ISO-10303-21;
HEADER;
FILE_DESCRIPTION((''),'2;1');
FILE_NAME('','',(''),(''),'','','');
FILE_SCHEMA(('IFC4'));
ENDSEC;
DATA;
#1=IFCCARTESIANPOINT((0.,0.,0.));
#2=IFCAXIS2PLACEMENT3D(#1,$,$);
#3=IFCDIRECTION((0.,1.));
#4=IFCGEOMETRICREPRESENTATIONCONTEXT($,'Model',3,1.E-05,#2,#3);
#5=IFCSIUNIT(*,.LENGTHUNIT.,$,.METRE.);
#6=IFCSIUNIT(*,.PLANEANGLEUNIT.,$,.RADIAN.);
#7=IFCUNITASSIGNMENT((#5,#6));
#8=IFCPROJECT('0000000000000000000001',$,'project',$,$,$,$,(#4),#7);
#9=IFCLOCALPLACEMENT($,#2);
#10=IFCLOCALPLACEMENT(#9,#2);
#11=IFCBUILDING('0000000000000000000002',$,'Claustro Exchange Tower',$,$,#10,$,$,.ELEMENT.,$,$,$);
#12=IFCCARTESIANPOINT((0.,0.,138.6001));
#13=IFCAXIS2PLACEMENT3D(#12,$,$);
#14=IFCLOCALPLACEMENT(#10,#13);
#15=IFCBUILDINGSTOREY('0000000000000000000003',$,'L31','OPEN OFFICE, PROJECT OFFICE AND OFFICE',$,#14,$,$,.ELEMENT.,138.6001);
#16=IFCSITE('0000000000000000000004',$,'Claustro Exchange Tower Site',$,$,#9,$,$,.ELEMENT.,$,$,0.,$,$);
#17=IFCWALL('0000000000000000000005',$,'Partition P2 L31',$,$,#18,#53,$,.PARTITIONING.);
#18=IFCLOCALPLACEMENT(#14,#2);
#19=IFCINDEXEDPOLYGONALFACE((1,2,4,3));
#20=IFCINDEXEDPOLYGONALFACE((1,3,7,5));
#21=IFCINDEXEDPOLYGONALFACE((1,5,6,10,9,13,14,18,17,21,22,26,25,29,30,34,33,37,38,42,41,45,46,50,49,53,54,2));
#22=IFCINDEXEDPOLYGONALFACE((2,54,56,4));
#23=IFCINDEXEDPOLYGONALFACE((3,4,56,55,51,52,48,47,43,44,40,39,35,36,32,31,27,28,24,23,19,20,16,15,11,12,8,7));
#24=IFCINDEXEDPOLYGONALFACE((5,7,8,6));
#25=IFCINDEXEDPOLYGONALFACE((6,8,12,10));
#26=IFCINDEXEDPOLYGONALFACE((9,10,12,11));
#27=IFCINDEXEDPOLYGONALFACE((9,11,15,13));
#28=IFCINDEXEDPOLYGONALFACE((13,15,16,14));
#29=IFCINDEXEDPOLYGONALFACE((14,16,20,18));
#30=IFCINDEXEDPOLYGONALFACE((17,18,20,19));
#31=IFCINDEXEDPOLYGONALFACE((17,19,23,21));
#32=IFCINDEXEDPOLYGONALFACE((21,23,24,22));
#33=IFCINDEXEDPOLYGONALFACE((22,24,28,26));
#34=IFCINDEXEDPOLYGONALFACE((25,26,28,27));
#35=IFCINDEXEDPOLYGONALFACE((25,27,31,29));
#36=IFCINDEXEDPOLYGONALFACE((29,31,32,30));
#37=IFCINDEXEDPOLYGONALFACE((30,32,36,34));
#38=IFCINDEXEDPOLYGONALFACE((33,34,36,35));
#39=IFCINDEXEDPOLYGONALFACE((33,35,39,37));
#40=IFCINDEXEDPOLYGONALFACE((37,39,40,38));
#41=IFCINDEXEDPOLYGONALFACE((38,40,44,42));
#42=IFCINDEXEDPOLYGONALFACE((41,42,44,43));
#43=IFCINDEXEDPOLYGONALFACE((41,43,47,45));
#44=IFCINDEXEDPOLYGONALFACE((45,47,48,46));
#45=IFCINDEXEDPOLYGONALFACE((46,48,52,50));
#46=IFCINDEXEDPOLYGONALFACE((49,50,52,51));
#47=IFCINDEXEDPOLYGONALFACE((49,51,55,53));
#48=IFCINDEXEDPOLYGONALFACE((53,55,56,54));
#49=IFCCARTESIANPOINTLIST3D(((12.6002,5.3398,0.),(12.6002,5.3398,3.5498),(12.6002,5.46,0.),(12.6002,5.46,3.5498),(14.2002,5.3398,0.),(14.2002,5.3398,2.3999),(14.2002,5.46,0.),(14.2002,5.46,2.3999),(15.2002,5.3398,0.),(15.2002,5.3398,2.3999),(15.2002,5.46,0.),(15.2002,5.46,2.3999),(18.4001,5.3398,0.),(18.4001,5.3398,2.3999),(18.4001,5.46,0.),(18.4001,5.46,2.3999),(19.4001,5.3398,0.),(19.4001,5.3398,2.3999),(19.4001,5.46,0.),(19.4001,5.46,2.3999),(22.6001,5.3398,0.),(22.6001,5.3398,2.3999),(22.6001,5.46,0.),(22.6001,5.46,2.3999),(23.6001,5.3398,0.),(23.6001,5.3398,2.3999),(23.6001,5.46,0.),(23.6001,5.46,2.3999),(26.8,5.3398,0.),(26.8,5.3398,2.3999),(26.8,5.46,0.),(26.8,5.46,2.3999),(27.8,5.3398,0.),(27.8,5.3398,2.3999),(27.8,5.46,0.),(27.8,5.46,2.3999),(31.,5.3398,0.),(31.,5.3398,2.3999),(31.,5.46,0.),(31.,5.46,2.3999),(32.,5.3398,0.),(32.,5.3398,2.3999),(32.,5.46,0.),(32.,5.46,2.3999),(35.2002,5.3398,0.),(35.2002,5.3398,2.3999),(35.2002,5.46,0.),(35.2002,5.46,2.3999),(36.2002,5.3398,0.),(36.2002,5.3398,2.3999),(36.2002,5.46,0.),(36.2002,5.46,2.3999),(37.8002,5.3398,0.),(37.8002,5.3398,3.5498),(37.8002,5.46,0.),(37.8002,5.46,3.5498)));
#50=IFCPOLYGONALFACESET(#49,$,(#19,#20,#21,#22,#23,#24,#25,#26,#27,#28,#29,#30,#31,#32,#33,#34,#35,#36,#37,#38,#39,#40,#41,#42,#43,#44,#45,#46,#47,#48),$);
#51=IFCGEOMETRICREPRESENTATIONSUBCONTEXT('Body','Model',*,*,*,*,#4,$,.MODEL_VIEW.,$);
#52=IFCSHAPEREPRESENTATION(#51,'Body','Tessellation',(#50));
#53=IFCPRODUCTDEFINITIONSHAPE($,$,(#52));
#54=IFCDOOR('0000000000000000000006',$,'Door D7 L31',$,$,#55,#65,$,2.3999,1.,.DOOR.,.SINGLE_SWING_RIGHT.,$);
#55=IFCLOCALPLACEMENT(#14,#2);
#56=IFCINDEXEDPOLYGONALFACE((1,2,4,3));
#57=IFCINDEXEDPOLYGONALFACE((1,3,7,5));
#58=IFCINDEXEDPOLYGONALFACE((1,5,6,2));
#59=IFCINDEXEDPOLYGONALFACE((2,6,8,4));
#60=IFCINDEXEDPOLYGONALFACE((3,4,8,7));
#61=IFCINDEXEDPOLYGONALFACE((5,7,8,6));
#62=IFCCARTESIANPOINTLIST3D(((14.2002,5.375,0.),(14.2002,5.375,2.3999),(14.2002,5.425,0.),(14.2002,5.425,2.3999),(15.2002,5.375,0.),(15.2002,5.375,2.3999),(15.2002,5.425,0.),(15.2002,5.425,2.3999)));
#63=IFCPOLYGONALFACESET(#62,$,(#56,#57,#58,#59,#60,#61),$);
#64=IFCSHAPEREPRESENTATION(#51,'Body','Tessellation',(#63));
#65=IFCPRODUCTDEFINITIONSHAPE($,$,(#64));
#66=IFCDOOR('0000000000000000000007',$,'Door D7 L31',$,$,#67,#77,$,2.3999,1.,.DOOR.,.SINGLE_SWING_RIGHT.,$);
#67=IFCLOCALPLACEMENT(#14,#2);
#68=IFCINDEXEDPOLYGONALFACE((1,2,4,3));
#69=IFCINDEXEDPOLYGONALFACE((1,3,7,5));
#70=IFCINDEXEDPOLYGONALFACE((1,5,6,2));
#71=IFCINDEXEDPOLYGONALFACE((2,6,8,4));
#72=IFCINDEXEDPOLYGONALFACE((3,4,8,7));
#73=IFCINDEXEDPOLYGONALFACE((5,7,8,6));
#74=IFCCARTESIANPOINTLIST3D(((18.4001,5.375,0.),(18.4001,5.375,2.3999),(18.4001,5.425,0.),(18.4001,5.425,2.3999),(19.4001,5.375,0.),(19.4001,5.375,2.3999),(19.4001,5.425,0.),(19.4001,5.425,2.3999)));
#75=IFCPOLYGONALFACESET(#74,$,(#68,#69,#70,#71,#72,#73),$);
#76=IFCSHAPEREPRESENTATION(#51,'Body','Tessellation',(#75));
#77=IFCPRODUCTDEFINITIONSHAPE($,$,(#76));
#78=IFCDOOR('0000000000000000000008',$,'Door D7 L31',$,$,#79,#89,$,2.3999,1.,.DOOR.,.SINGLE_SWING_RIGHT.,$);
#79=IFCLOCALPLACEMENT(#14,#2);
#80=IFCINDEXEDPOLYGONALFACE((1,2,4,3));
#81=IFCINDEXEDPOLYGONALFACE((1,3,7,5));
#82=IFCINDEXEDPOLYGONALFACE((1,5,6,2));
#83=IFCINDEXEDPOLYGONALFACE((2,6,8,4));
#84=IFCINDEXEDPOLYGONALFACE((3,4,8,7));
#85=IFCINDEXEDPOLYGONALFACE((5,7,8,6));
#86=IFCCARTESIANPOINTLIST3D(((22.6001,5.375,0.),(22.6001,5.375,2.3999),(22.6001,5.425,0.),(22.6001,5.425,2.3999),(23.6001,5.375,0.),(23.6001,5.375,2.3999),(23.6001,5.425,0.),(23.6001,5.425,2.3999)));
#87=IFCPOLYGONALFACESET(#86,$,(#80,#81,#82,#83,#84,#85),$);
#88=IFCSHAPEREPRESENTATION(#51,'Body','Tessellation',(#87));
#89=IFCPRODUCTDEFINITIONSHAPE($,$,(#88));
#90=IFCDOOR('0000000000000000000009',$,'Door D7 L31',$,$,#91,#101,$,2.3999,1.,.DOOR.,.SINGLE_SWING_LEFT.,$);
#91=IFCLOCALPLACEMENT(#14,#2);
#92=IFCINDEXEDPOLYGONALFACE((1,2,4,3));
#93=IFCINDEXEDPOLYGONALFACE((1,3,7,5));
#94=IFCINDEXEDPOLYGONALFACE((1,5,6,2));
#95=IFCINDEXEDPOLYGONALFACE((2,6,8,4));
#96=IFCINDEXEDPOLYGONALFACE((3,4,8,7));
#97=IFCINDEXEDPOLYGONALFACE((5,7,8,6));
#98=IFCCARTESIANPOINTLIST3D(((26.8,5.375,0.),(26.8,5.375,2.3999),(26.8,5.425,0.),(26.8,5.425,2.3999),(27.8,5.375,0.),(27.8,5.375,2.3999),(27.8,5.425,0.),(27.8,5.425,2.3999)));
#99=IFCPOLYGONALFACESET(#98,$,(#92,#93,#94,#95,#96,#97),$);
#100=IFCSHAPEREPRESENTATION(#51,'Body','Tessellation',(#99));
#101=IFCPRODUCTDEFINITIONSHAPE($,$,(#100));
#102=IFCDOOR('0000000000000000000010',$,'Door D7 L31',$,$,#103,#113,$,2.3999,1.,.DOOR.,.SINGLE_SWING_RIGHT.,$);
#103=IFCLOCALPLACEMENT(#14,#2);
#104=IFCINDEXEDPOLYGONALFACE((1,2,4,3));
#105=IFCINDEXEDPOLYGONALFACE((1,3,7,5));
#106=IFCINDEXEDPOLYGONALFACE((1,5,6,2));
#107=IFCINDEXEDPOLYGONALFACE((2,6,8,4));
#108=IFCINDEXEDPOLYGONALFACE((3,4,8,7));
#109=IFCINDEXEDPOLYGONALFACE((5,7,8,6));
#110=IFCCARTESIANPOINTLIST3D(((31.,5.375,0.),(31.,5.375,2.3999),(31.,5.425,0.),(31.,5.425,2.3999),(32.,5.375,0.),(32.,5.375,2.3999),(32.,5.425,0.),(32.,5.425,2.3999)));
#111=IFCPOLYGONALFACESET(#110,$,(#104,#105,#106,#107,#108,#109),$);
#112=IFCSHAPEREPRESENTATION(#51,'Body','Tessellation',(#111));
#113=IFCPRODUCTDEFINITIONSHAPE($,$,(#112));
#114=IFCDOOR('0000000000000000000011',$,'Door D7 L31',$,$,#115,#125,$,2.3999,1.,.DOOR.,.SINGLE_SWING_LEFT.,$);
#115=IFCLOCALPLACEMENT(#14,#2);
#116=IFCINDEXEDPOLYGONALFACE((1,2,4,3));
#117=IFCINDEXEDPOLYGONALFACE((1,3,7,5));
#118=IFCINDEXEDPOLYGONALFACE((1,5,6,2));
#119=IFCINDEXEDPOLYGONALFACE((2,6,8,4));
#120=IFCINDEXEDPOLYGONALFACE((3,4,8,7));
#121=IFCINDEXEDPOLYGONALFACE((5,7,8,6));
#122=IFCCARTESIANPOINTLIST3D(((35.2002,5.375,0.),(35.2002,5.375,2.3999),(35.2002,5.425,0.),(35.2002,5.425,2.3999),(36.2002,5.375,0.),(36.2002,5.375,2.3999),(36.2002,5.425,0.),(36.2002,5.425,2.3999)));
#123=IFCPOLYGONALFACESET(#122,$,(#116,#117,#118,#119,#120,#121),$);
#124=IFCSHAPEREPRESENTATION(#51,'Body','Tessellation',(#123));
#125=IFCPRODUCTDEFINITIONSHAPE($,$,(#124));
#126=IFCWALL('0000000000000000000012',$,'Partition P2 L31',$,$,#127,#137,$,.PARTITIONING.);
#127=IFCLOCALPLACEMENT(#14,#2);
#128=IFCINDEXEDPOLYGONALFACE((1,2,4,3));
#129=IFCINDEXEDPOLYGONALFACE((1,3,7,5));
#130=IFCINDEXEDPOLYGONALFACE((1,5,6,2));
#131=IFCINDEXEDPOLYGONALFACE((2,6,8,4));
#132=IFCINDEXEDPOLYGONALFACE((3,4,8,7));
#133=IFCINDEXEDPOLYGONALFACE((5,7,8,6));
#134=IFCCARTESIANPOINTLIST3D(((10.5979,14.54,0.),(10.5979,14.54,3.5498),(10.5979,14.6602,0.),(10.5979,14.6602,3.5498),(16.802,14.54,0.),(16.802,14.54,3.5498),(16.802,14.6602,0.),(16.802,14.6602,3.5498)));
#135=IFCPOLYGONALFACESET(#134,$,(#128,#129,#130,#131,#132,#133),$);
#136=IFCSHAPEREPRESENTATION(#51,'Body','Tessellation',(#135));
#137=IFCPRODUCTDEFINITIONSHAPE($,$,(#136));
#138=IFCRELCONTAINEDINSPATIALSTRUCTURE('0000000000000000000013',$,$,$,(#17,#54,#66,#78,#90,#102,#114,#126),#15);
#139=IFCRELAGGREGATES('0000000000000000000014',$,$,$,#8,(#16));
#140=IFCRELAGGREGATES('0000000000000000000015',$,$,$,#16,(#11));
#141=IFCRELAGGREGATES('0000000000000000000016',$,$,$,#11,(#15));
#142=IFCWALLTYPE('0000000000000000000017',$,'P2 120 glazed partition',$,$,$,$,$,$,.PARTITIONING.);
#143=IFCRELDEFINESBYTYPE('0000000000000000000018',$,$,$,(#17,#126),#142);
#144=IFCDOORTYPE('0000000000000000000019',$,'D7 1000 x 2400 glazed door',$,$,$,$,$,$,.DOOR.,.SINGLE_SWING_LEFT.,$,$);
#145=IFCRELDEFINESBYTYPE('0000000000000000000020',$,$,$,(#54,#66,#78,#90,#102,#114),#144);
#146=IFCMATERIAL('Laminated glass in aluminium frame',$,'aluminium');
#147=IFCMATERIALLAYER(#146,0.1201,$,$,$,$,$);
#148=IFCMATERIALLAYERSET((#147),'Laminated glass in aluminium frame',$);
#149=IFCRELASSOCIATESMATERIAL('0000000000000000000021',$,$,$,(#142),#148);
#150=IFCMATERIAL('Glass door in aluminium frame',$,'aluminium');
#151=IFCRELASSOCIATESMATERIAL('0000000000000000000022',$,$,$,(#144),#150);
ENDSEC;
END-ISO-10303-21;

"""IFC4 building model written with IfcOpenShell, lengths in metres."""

from ifc_helpers import new_model, si_unit, direction, frame, frame_2d, origin, place, context, subcontext, project, spatial, rectangle, extrude, material, layer, layer_set, type_object, element, fill, save


model = new_model("IFC4")

# Units and contexts
model_context = context("Model", 3, precision=1e-05, world=origin(), true_north=direction((0.0, 1.0)))
body_context = subcontext(model_context, "Body", "Model", "MODEL_VIEW")
ifc_project = project(units=[si_unit("LENGTHUNIT", "METRE"), si_unit("PLANEANGLEUNIT", "RADIAN")], contexts=[model_context])

# Site, building, storey
site_placement = place(None, origin())
site = spatial("IfcSite", under=ifc_project, at=site_placement, Name="Claustro Exchange Tower Site", CompositionType="ELEMENT", RefElevation=0.0)
building_placement = place(site_placement, origin())
building = spatial("IfcBuilding", under=site, at=building_placement, Name="Claustro Exchange Tower", CompositionType="ELEMENT")
storey_placement = place(building_placement, frame((0.0, 0.0, 138.6001)))
storey = spatial("IfcBuildingStorey", under=building, at=storey_placement, Name="L31", Description="OPEN OFFICE, PROJECT OFFICE AND OFFICE", CompositionType="ELEMENT", Elevation=138.6001)

# Wall, openings, doors
ifc_material_1 = material(Name="Laminated glass in aluminium frame", Category="aluminium")
ifc_layer_1 = layer(ifc_material_1, 0.1201)
ifc_layer_set_1 = layer_set([ifc_layer_1], Name="Laminated glass in aluminium frame")
wall_type_1 = type_object("IfcWallType", Name="P2 120 glazed partition", PredefinedType="PARTITIONING", material=ifc_layer_set_1)
wall_1_placement = place(storey_placement, frame((12.6001, 5.3999, 0.0), z_axis=(0.0, 0.0, 1.0), x_axis=(1.0, 0.0, 0.0)))
wall_1 = element("IfcWall", 1, at=wall_1_placement, inside=storey, type_object=wall_type_1, Name="Partition P2 L31", PredefinedType="PARTITIONING", context=body_context, shape_type="SweptSolid", body=[
    extrude(rectangle(XDim=25.2, YDim=0.1201, at=frame_2d((12.6001, 0.0))), origin(), (0.0, 0.0, 1.0), 3.5498),
])
opening_1_placement = place(wall_1_placement, frame((1.6001, 0.0, 0.0)))
opening_1 = element("IfcOpeningElement", 2, at=opening_1_placement, cuts=wall_1, PredefinedType="OPENING", context=body_context, shape_type="SweptSolid", body=[
    extrude(rectangle(XDim=1.0, YDim=2.3999, at=frame_2d((0.5, 1.2))), frame((0.0, 0.0701, 0.0), z_axis=(0.0, -1.0, 0.0), x_axis=(1.0, 0.0, 0.0)), (0.0, 0.0, 1.0), 0.1401),
])
opening_2_placement = place(wall_1_placement, frame((5.8, 0.0, 0.0)))
opening_2 = element("IfcOpeningElement", 3, at=opening_2_placement, cuts=wall_1, PredefinedType="OPENING", context=body_context, shape_type="SweptSolid", body=[
    extrude(rectangle(XDim=1.0, YDim=2.3999, at=frame_2d((0.5, 1.2))), frame((0.0, 0.0701, 0.0), z_axis=(0.0, -1.0, 0.0), x_axis=(1.0, 0.0, 0.0)), (0.0, 0.0, 1.0), 0.1401),
])
opening_3_placement = place(wall_1_placement, frame((10.0, 0.0, 0.0)))
opening_3 = element("IfcOpeningElement", 4, at=opening_3_placement, cuts=wall_1, PredefinedType="OPENING", context=body_context, shape_type="SweptSolid", body=[
    extrude(rectangle(XDim=1.0, YDim=2.3999, at=frame_2d((0.5, 1.2))), frame((0.0, 0.0701, 0.0), z_axis=(0.0, -1.0, 0.0), x_axis=(1.0, 0.0, 0.0)), (0.0, 0.0, 1.0), 0.1401),
])
opening_4_placement = place(wall_1_placement, frame((14.2, 0.0, 0.0)))
opening_4 = element("IfcOpeningElement", 5, at=opening_4_placement, cuts=wall_1, PredefinedType="OPENING", context=body_context, shape_type="SweptSolid", body=[
    extrude(rectangle(XDim=1.0, YDim=2.3999, at=frame_2d((0.5, 1.2))), frame((0.0, 0.0701, 0.0), z_axis=(0.0, -1.0, 0.0), x_axis=(1.0, 0.0, 0.0)), (0.0, 0.0, 1.0), 0.1401),
])
opening_5_placement = place(wall_1_placement, frame((18.3999, 0.0, 0.0)))
opening_5 = element("IfcOpeningElement", 6, at=opening_5_placement, cuts=wall_1, PredefinedType="OPENING", context=body_context, shape_type="SweptSolid", body=[
    extrude(rectangle(XDim=1.0, YDim=2.3999, at=frame_2d((0.5, 1.2))), frame((0.0, 0.0701, 0.0), z_axis=(0.0, -1.0, 0.0), x_axis=(1.0, 0.0, 0.0)), (0.0, 0.0, 1.0), 0.1401),
])
opening_6_placement = place(wall_1_placement, frame((22.6001, 0.0, 0.0)))
opening_6 = element("IfcOpeningElement", 7, at=opening_6_placement, cuts=wall_1, PredefinedType="OPENING", context=body_context, shape_type="SweptSolid", body=[
    extrude(rectangle(XDim=1.0, YDim=2.3999, at=frame_2d((0.5, 1.2))), frame((0.0, 0.0701, 0.0), z_axis=(0.0, -1.0, 0.0), x_axis=(1.0, 0.0, 0.0)), (0.0, 0.0, 1.0), 0.1401),
])
ifc_material_2 = material(Name="Glass door in aluminium frame", Category="aluminium")
door_type_1 = type_object("IfcDoorType", Name="D7 1000 x 2400 glazed door", OperationType="SINGLE_SWING_LEFT", PredefinedType="DOOR", material=ifc_material_2)
door_1_placement = place(opening_1_placement, frame((1.0, 0.0, 0.0), z_axis=(0.0, 0.0, 1.0), x_axis=(-1.0, 0.0, 0.0)))
door_1 = element("IfcDoor", 8, at=door_1_placement, inside=storey, type_object=door_type_1, Name="Door D7 L31", OperationType="SINGLE_SWING_RIGHT", OverallHeight=2.3999, OverallWidth=1.0, PredefinedType="DOOR", context=body_context, shape_type="SweptSolid", body=[
    extrude(rectangle(XDim=1.0, YDim=2.3999, at=frame_2d((0.5, 1.2))), frame((0.0, 0.0249, 0.0), z_axis=(0.0, -1.0, 0.0), x_axis=(1.0, 0.0, 0.0)), (0.0, 0.0, 1.0), 0.05),
])
fill(opening_1, door_1)
door_2_placement = place(opening_2_placement, frame((1.0, 0.0, 0.0), z_axis=(0.0, 0.0, 1.0), x_axis=(-1.0, 0.0, 0.0)))
door_2 = element("IfcDoor", 9, at=door_2_placement, inside=storey, type_object=door_type_1, Name="Door D7 L31", OperationType="SINGLE_SWING_RIGHT", OverallHeight=2.3999, OverallWidth=1.0, PredefinedType="DOOR", context=body_context, shape_type="SweptSolid", body=[
    extrude(rectangle(XDim=1.0, YDim=2.3999, at=frame_2d((0.5, 1.2))), frame((0.0, 0.0249, 0.0), z_axis=(0.0, -1.0, 0.0), x_axis=(1.0, 0.0, 0.0)), (0.0, 0.0, 1.0), 0.05),
])
fill(opening_2, door_2)
door_3_placement = place(opening_3_placement, frame((1.0, 0.0, 0.0), z_axis=(0.0, 0.0, 1.0), x_axis=(-1.0, 0.0, 0.0)))
door_3 = element("IfcDoor", 10, at=door_3_placement, inside=storey, type_object=door_type_1, Name="Door D7 L31", OperationType="SINGLE_SWING_RIGHT", OverallHeight=2.3999, OverallWidth=1.0, PredefinedType="DOOR", context=body_context, shape_type="SweptSolid", body=[
    extrude(rectangle(XDim=1.0, YDim=2.3999, at=frame_2d((0.5, 1.2))), frame((0.0, 0.0249, 0.0), z_axis=(0.0, -1.0, 0.0), x_axis=(1.0, 0.0, 0.0)), (0.0, 0.0, 1.0), 0.05),
])
fill(opening_3, door_3)
door_4_placement = place(opening_4_placement, frame((1.0, 0.0, 0.0), z_axis=(0.0, 0.0, 1.0), x_axis=(-1.0, 0.0, 0.0)))
door_4 = element("IfcDoor", 11, at=door_4_placement, inside=storey, type_object=door_type_1, Name="Door D7 L31", OperationType="SINGLE_SWING_LEFT", OverallHeight=2.3999, OverallWidth=1.0, PredefinedType="DOOR", context=body_context, shape_type="SweptSolid", body=[
    extrude(rectangle(XDim=1.0, YDim=2.3999, at=frame_2d((0.5, 1.2))), frame((0.0, 0.0249, 0.0), z_axis=(0.0, -1.0, 0.0), x_axis=(1.0, 0.0, 0.0)), (0.0, 0.0, 1.0), 0.05),
])
fill(opening_4, door_4)
door_5_placement = place(opening_5_placement, frame((1.0, 0.0, 0.0), z_axis=(0.0, 0.0, 1.0), x_axis=(-1.0, 0.0, 0.0)))
door_5 = element("IfcDoor", 12, at=door_5_placement, inside=storey, type_object=door_type_1, Name="Door D7 L31", OperationType="SINGLE_SWING_RIGHT", OverallHeight=2.3999, OverallWidth=1.0, PredefinedType="DOOR", context=body_context, shape_type="SweptSolid", body=[
    extrude(rectangle(XDim=1.0, YDim=2.3999, at=frame_2d((0.5, 1.2))), frame((0.0, 0.0249, 0.0), z_axis=(0.0, -1.0, 0.0), x_axis=(1.0, 0.0, 0.0)), (0.0, 0.0, 1.0), 0.05),
])
fill(opening_5, door_5)
door_6_placement = place(opening_6_placement, frame((1.0, 0.0, 0.0), z_axis=(0.0, 0.0, 1.0), x_axis=(-1.0, 0.0, 0.0)))
door_6 = element("IfcDoor", 13, at=door_6_placement, inside=storey, type_object=door_type_1, Name="Door D7 L31", OperationType="SINGLE_SWING_LEFT", OverallHeight=2.3999, OverallWidth=1.0, PredefinedType="DOOR", context=body_context, shape_type="SweptSolid", body=[
    extrude(rectangle(XDim=1.0, YDim=2.3999, at=frame_2d((0.5, 1.2))), frame((0.0, 0.0249, 0.0), z_axis=(0.0, -1.0, 0.0), x_axis=(1.0, 0.0, 0.0)), (0.0, 0.0, 1.0), 0.05),
])
fill(opening_6, door_6)

# Wall
wall_2_placement = place(storey_placement, frame((10.5979, 14.6001, 0.0), z_axis=(0.0, 0.0, 1.0), x_axis=(1.0, 0.0, 0.0)))
element("IfcWall", 14, at=wall_2_placement, inside=storey, type_object=wall_type_1, Name="Partition P2 L31", PredefinedType="PARTITIONING", context=body_context, shape_type="SweptSolid", body=[
    extrude(rectangle(XDim=6.2041, YDim=0.1201, at=frame_2d((3.1021, 0.0))), origin(), (0.0, 0.0, 1.0), 3.5498),
])

save(model, "model.ifc")
